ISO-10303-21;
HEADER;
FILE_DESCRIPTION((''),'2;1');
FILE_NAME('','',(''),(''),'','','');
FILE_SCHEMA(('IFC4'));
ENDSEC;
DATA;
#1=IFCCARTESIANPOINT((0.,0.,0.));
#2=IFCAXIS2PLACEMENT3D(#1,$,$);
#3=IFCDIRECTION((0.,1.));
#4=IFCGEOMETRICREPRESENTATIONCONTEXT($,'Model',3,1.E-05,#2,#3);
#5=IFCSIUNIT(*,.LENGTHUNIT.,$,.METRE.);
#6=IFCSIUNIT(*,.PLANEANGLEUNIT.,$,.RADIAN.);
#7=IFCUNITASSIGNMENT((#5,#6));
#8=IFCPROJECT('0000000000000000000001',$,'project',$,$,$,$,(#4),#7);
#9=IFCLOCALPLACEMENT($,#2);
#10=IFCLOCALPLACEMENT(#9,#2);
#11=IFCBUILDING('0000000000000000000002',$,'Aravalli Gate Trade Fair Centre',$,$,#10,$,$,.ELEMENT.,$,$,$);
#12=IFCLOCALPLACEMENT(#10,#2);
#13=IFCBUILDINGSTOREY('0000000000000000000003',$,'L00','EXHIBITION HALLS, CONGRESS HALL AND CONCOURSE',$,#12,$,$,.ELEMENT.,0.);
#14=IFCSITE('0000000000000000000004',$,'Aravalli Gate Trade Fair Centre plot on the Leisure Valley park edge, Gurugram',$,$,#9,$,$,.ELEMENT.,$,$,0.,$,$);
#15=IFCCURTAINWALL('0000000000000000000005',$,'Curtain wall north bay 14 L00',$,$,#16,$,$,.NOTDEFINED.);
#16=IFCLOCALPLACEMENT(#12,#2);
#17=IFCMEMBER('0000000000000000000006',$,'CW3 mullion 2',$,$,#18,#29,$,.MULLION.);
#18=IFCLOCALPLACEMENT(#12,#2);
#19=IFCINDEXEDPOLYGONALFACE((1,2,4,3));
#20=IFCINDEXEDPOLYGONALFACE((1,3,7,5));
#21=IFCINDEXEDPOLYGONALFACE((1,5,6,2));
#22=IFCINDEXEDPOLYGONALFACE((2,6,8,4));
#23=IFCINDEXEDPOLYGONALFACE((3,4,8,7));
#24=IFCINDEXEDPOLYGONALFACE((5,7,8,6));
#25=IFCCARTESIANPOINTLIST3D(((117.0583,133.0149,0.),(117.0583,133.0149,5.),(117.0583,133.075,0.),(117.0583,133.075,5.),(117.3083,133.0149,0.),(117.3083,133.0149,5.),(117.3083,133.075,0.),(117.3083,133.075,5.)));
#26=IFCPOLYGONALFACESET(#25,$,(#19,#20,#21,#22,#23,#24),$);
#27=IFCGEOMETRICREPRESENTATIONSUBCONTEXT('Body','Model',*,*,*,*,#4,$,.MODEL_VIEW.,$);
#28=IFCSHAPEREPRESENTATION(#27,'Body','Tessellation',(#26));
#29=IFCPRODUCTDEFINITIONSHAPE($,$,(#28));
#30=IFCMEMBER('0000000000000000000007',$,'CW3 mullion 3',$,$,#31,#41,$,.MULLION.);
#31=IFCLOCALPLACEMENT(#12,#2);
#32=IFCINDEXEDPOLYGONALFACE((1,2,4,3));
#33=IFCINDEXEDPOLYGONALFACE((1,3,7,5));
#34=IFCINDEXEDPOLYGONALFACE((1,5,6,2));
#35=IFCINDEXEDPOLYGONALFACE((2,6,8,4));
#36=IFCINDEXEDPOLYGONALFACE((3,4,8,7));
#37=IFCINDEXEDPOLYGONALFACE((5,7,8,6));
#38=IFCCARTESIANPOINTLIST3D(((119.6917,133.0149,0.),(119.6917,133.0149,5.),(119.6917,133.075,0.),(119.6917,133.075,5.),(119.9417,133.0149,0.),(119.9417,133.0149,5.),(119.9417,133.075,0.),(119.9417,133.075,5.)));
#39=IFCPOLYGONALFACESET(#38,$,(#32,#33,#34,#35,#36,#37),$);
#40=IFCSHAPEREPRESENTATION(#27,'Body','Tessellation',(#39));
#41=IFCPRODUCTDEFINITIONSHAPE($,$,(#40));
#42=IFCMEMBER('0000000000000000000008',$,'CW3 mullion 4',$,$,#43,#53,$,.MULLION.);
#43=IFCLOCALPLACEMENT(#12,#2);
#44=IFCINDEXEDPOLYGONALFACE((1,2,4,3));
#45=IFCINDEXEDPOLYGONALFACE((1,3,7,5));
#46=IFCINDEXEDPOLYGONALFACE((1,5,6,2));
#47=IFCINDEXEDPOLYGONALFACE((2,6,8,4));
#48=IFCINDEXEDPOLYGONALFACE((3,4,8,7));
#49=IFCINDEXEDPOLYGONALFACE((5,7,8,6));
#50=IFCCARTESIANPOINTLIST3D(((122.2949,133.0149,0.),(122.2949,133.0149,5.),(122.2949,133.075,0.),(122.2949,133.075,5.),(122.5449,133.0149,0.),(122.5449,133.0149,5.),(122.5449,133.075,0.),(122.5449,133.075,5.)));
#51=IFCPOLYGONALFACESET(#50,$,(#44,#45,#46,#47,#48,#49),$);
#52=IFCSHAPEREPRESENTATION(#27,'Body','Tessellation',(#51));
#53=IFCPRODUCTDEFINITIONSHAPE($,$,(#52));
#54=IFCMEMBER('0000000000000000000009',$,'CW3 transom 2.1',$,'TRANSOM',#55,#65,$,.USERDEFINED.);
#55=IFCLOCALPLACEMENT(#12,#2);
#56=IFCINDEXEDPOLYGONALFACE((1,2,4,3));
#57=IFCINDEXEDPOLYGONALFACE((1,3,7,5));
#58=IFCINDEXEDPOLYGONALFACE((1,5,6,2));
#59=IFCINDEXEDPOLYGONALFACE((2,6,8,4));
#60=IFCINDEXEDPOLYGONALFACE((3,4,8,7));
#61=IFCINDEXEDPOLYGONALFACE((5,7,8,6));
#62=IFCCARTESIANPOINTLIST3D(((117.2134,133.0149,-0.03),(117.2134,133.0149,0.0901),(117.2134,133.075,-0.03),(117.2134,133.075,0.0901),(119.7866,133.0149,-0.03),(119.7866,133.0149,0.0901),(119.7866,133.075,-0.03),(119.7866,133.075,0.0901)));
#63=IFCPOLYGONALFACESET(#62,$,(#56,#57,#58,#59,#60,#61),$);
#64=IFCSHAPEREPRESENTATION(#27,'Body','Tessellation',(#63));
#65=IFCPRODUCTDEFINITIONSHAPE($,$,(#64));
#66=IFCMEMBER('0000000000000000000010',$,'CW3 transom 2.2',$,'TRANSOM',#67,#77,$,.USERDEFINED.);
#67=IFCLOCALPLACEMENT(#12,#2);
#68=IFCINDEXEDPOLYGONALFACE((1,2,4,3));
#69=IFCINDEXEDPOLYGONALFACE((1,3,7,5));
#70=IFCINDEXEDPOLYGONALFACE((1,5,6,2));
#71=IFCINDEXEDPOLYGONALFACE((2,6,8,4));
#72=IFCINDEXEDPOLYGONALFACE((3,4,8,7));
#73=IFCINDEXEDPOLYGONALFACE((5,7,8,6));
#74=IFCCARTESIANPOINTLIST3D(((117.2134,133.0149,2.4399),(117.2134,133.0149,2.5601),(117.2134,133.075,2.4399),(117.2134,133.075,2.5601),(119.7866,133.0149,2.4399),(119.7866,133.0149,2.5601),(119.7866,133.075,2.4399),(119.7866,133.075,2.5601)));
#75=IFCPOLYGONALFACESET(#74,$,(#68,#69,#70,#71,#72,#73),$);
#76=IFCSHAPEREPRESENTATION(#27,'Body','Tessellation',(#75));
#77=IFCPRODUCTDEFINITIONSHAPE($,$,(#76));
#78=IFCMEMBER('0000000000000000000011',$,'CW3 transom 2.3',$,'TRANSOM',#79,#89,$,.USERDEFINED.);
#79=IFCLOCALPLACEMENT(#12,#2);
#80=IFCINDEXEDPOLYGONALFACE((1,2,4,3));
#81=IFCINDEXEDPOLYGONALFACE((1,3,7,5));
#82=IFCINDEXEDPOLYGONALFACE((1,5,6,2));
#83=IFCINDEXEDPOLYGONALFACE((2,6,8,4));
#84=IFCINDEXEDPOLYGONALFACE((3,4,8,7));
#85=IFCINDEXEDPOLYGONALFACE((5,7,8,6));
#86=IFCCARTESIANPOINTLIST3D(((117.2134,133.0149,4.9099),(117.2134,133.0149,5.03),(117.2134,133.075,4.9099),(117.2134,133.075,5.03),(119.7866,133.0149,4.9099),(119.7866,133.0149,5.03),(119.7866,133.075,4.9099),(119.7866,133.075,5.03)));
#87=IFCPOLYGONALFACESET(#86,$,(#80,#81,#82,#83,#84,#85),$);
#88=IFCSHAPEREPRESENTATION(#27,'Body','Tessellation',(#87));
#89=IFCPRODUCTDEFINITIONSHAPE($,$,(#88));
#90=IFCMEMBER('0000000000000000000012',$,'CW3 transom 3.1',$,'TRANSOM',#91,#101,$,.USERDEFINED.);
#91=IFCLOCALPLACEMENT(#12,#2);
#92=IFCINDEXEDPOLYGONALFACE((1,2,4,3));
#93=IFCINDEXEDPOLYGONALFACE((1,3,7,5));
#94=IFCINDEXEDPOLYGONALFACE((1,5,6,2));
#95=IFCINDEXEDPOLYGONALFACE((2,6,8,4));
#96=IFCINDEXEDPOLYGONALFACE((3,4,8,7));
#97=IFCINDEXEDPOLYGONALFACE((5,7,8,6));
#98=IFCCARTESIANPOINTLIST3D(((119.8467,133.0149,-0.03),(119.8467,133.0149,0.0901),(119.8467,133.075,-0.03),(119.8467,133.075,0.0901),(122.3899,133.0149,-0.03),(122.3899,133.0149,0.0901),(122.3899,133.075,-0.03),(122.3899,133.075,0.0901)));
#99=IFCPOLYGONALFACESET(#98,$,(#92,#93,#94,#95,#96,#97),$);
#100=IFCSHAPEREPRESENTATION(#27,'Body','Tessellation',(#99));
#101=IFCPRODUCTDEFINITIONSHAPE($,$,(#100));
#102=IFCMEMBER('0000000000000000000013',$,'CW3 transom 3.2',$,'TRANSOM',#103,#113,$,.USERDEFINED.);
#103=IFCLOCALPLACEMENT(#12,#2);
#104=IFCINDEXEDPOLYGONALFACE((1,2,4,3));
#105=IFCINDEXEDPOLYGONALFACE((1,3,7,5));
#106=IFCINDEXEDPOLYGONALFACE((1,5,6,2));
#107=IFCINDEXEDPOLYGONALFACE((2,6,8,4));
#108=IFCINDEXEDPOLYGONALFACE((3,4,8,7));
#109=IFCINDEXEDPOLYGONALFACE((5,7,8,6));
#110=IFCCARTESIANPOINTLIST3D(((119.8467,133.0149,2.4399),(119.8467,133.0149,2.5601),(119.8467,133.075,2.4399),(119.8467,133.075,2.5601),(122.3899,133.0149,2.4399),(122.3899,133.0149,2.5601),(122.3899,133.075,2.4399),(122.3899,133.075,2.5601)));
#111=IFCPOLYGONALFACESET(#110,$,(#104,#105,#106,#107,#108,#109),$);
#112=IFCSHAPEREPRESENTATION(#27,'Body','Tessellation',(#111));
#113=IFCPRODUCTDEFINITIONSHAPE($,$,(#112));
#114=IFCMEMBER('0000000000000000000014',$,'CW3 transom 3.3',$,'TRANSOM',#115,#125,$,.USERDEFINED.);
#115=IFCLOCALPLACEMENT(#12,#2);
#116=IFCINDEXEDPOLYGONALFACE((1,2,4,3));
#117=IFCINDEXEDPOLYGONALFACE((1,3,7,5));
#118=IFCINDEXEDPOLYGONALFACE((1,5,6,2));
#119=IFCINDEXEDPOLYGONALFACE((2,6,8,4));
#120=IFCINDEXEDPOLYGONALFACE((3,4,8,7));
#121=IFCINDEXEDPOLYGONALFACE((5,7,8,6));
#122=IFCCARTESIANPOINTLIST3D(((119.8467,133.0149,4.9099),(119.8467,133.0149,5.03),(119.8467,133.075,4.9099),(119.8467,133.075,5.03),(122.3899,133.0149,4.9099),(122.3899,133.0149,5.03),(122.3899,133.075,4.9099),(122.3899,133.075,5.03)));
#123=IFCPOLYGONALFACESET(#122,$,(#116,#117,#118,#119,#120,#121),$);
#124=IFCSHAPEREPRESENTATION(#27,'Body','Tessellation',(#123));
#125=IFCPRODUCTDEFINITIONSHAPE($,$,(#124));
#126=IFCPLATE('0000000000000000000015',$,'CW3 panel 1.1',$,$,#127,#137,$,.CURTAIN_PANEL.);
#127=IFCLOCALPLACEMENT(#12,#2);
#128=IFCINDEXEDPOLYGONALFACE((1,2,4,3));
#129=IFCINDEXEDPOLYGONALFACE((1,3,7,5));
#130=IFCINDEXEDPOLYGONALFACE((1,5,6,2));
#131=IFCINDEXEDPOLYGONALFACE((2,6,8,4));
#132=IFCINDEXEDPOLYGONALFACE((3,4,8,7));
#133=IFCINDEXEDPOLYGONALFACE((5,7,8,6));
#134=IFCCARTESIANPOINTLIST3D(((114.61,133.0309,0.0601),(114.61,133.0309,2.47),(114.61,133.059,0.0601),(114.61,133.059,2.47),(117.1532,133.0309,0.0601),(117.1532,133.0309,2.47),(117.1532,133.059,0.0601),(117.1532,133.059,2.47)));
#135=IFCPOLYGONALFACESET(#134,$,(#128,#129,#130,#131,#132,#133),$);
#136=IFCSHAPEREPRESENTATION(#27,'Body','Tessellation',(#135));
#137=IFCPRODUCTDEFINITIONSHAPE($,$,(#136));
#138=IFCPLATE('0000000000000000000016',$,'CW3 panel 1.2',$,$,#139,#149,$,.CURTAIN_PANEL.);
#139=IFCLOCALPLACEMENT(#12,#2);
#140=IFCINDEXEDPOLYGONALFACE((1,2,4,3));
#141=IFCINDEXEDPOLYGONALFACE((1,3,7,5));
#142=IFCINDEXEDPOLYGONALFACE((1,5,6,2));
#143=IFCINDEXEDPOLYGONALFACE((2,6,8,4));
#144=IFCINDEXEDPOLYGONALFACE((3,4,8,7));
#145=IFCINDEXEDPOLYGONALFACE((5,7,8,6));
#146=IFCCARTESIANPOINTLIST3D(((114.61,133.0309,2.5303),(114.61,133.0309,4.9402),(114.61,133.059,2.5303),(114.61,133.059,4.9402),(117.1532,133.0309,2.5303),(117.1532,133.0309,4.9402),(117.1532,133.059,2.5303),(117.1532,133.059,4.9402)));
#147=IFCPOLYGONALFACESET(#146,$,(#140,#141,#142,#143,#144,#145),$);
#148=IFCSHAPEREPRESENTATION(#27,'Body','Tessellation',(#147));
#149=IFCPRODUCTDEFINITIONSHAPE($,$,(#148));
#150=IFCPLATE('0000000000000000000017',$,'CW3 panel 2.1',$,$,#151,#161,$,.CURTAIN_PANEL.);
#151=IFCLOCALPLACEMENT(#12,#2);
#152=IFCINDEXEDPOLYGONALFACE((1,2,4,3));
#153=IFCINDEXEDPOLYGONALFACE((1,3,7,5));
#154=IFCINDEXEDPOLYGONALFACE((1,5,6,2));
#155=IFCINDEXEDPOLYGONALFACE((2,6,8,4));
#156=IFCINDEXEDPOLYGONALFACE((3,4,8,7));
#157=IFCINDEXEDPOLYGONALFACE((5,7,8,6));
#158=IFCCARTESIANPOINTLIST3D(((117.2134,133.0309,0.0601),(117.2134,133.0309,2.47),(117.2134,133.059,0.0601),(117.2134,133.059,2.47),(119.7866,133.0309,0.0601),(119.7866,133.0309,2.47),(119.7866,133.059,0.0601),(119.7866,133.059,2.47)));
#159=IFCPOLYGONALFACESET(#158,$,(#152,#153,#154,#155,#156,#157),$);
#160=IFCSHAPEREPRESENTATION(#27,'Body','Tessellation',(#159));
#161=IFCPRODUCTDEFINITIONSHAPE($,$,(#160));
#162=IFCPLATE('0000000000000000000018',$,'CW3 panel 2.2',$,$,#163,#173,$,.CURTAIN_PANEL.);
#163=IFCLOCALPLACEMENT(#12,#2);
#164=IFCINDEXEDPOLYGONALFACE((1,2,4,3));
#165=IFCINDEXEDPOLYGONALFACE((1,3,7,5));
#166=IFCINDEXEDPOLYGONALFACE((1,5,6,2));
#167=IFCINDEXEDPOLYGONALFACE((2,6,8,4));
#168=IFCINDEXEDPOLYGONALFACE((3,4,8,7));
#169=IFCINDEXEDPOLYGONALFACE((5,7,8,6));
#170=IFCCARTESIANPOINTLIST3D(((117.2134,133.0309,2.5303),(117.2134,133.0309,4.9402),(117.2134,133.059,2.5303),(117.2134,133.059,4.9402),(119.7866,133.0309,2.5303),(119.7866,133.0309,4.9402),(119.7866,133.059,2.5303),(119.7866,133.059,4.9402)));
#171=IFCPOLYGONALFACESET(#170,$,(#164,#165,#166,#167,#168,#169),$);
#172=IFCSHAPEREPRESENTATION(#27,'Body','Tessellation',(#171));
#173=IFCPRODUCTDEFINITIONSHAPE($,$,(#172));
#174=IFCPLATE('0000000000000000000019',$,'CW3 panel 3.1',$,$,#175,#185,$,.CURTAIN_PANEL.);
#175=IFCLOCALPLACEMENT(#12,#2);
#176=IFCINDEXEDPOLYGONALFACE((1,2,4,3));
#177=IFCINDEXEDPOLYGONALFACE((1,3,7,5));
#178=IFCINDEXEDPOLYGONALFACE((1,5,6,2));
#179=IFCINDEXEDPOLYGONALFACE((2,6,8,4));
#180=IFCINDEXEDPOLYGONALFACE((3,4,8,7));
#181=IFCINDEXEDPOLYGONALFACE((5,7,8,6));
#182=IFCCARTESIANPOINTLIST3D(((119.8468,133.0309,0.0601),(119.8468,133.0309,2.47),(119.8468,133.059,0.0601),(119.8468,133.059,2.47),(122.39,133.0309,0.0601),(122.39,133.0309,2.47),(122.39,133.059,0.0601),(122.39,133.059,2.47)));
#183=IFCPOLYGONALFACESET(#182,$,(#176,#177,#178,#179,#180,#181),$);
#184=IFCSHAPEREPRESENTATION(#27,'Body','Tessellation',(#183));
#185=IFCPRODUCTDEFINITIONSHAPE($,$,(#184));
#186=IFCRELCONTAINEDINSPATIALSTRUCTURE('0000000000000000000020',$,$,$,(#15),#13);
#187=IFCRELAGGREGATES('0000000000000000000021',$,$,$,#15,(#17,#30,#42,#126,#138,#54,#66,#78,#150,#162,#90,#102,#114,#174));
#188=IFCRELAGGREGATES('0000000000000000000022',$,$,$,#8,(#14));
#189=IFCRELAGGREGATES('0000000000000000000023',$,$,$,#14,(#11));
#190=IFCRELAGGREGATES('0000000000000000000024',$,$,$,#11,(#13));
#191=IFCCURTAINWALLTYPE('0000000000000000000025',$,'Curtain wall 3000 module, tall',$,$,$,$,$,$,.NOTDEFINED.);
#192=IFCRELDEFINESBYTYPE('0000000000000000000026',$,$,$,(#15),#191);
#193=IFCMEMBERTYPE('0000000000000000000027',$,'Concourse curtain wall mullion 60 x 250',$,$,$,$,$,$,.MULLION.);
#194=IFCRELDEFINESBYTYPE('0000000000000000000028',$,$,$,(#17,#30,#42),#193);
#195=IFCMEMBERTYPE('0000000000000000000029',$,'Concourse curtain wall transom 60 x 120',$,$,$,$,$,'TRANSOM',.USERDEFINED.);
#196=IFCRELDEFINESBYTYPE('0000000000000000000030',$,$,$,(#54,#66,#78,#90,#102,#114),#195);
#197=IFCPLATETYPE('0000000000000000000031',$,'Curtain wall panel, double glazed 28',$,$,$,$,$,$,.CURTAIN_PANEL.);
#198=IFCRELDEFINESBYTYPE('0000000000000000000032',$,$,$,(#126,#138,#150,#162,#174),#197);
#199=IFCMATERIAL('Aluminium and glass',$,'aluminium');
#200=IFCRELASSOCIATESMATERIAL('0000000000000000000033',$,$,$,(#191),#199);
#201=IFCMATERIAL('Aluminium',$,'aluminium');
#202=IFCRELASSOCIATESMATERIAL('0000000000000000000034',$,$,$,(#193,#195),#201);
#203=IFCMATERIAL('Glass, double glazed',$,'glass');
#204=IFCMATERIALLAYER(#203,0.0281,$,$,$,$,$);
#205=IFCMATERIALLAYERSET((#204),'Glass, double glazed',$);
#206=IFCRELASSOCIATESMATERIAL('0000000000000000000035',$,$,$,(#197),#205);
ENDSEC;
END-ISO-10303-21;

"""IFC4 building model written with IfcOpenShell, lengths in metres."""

from ifc_helpers import new_model, si_unit, direction, frame, origin, origin_2d, place, context, subcontext, project, spatial, rectangle, extrude, material, layer, layer_set, material_profile, profile_set, type_object, element, aggregate, save


model = new_model("IFC4")

# Units and contexts
model_context = context("Model", 3, precision=1e-05, world=origin(), true_north=direction((0.0, 1.0)))
body_context = subcontext(model_context, "Body", "Model", "MODEL_VIEW")
ifc_project = project(units=[si_unit("LENGTHUNIT", "METRE"), si_unit("PLANEANGLEUNIT", "RADIAN")], contexts=[model_context])

# Site, building, storey
site_placement = place(None, origin())
site = spatial("IfcSite", under=ifc_project, at=site_placement, Name="Aravalli Gate Trade Fair Centre plot on the Leisure Valley park edge, Gurugram", CompositionType="ELEMENT", RefElevation=0.0)
building_placement = place(site_placement, origin())
building = spatial("IfcBuilding", under=site, at=building_placement, Name="Aravalli Gate Trade Fair Centre", CompositionType="ELEMENT")
storey_placement = place(building_placement, origin())
storey = spatial("IfcBuildingStorey", under=building, at=storey_placement, Name="L00", Description="EXHIBITION HALLS, CONGRESS HALL AND CONCOURSE", CompositionType="ELEMENT", Elevation=0.0)

# Curtain wall, members, plates
ifc_material_1 = material(Name="Aluminium and glass", Category="aluminium")
curtain_wall_type = type_object("IfcCurtainWallType", Name="Curtain wall 3000 module, tall", PredefinedType="NOTDEFINED", material=ifc_material_1)
curtain_wall_placement = place(storey_placement, origin())
curtain_wall = element("IfcCurtainWall", 1, at=curtain_wall_placement, inside=storey, type_object=curtain_wall_type, Name="Curtain wall north bay 14 L00", PredefinedType="NOTDEFINED")
ifc_material_2 = material(Name="Aluminium", Category="aluminium")
ifc_material_profile_1 = material_profile(ifc_material_2, rectangle(XDim=0.0601, YDim=0.25, at=origin_2d()), Name="Concourse curtain wall mullion 60 x 250")
ifc_profile_set_1 = profile_set([ifc_material_profile_1], Name="Aluminium")
member_type_1 = type_object("IfcMemberType", Name="Concourse curtain wall mullion 60 x 250", PredefinedType="MULLION", material=ifc_profile_set_1)
member_1_placement = place(storey_placement, frame((117.1833, 133.0449, 0.0), z_axis=(0.0, 0.0, 1.0), x_axis=(0.0, 1.0, 0.0)))
member_1 = element("IfcMember", 2, at=member_1_placement, type_object=member_type_1, Name="CW3 mullion 2", PredefinedType="MULLION", context=body_context, shape_type="SweptSolid", body=[
    extrude(rectangle(XDim=0.0601, YDim=0.25, at=origin_2d()), origin(), (0.0, 0.0, 1.0), 5.0),
])
member_2_placement = place(storey_placement, frame((119.8167, 133.0449, 0.0), z_axis=(0.0, 0.0, 1.0), x_axis=(0.0, 1.0, 0.0)))
member_2 = element("IfcMember", 3, at=member_2_placement, type_object=member_type_1, Name="CW3 mullion 3", PredefinedType="MULLION", context=body_context, shape_type="SweptSolid", body=[
    extrude(rectangle(XDim=0.0601, YDim=0.25, at=origin_2d()), origin(), (0.0, 0.0, 1.0), 5.0),
])
member_3_placement = place(storey_placement, frame((122.4199, 133.0449, 0.0), z_axis=(0.0, 0.0, 1.0), x_axis=(0.0, 1.0, 0.0)))
member_3 = element("IfcMember", 4, at=member_3_placement, type_object=member_type_1, Name="CW3 mullion 4", PredefinedType="MULLION", context=body_context, shape_type="SweptSolid", body=[
    extrude(rectangle(XDim=0.0601, YDim=0.25, at=origin_2d()), origin(), (0.0, 0.0, 1.0), 5.0),
])
ifc_material_profile_2 = material_profile(ifc_material_2, rectangle(XDim=0.0601, YDim=0.1201, at=origin_2d()), Name="Concourse curtain wall transom 60 x 120")
ifc_profile_set_2 = profile_set([ifc_material_profile_2], Name="Aluminium")
member_type_2 = type_object("IfcMemberType", Name="Concourse curtain wall transom 60 x 120", ElementType="TRANSOM", PredefinedType="USERDEFINED", material=ifc_profile_set_2)
member_4_placement = place(storey_placement, frame((117.2134, 133.0449, 0.03), z_axis=(1.0, 0.0, 0.0), x_axis=(0.0, 1.0, 0.0)))
member_4 = element("IfcMember", 5, at=member_4_placement, type_object=member_type_2, Name="CW3 transom 2.1", ObjectType="TRANSOM", PredefinedType="USERDEFINED", context=body_context, shape_type="SweptSolid", body=[
    extrude(rectangle(XDim=0.0601, YDim=0.1201, at=origin_2d()), origin(), (0.0, 0.0, 1.0), 2.5732),
])
member_5_placement = place(storey_placement, frame((117.2134, 133.0449, 2.5), z_axis=(1.0, 0.0, 0.0), x_axis=(0.0, 1.0, 0.0)))
member_5 = element("IfcMember", 6, at=member_5_placement, type_object=member_type_2, Name="CW3 transom 2.2", ObjectType="TRANSOM", PredefinedType="USERDEFINED", context=body_context, shape_type="SweptSolid", body=[
    extrude(rectangle(XDim=0.0601, YDim=0.1201, at=origin_2d()), origin(), (0.0, 0.0, 1.0), 2.5732),
])
member_6_placement = place(storey_placement, frame((117.2134, 133.0449, 4.97), z_axis=(1.0, 0.0, 0.0), x_axis=(0.0, 1.0, 0.0)))
member_6 = element("IfcMember", 7, at=member_6_placement, type_object=member_type_2, Name="CW3 transom 2.3", ObjectType="TRANSOM", PredefinedType="USERDEFINED", context=body_context, shape_type="SweptSolid", body=[
    extrude(rectangle(XDim=0.0601, YDim=0.1201, at=origin_2d()), origin(), (0.0, 0.0, 1.0), 2.5732),
])
member_7_placement = place(storey_placement, frame((119.8467, 133.0449, 0.03), z_axis=(1.0, 0.0, 0.0), x_axis=(0.0, 1.0, 0.0)))
member_7 = element("IfcMember", 8, at=member_7_placement, type_object=member_type_2, Name="CW3 transom 3.1", ObjectType="TRANSOM", PredefinedType="USERDEFINED", context=body_context, shape_type="SweptSolid", body=[
    extrude(rectangle(XDim=0.0601, YDim=0.1201, at=origin_2d()), origin(), (0.0, 0.0, 1.0), 2.5432),
])
member_8_placement = place(storey_placement, frame((119.8467, 133.0449, 2.5), z_axis=(1.0, 0.0, 0.0), x_axis=(0.0, 1.0, 0.0)))
member_8 = element("IfcMember", 9, at=member_8_placement, type_object=member_type_2, Name="CW3 transom 3.2", ObjectType="TRANSOM", PredefinedType="USERDEFINED", context=body_context, shape_type="SweptSolid", body=[
    extrude(rectangle(XDim=0.0601, YDim=0.1201, at=origin_2d()), origin(), (0.0, 0.0, 1.0), 2.5432),
])
member_9_placement = place(storey_placement, frame((119.8467, 133.0449, 4.97), z_axis=(1.0, 0.0, 0.0), x_axis=(0.0, 1.0, 0.0)))
member_9 = element("IfcMember", 10, at=member_9_placement, type_object=member_type_2, Name="CW3 transom 3.3", ObjectType="TRANSOM", PredefinedType="USERDEFINED", context=body_context, shape_type="SweptSolid", body=[
    extrude(rectangle(XDim=0.0601, YDim=0.1201, at=origin_2d()), origin(), (0.0, 0.0, 1.0), 2.5432),
])
ifc_material_3 = material(Name="Glass, double glazed", Category="glass")
ifc_layer_1 = layer(ifc_material_3, 0.0281)
ifc_layer_set_1 = layer_set([ifc_layer_1], Name="Glass, double glazed")
plate_type = type_object("IfcPlateType", Name="Curtain wall panel, double glazed 28", PredefinedType="CURTAIN_PANEL", material=ifc_layer_set_1)
plate_1_placement = place(storey_placement, frame((115.8816, 133.0449, 0.0601), z_axis=(0.0, 0.0, 1.0), x_axis=(1.0, 0.0, 0.0)))
plate_1 = element("IfcPlate", 11, at=plate_1_placement, type_object=plate_type, Name="CW3 panel 1.1", PredefinedType="CURTAIN_PANEL", context=body_context, shape_type="SweptSolid", body=[
    extrude(rectangle(XDim=2.5432, YDim=0.0281, at=origin_2d()), origin(), (0.0, 0.0, 1.0), 2.4099),
])
plate_2_placement = place(storey_placement, frame((115.8816, 133.0449, 2.5303), z_axis=(0.0, 0.0, 1.0), x_axis=(1.0, 0.0, 0.0)))
plate_2 = element("IfcPlate", 12, at=plate_2_placement, type_object=plate_type, Name="CW3 panel 1.2", PredefinedType="CURTAIN_PANEL", context=body_context, shape_type="SweptSolid", body=[
    extrude(rectangle(XDim=2.5432, YDim=0.0281, at=origin_2d()), origin(), (0.0, 0.0, 1.0), 2.4099),
])
plate_3_placement = place(storey_placement, frame((118.5, 133.0449, 0.0601), z_axis=(0.0, 0.0, 1.0), x_axis=(1.0, 0.0, 0.0)))
plate_3 = element("IfcPlate", 13, at=plate_3_placement, type_object=plate_type, Name="CW3 panel 2.1", PredefinedType="CURTAIN_PANEL", context=body_context, shape_type="SweptSolid", body=[
    extrude(rectangle(XDim=2.5732, YDim=0.0281, at=origin_2d()), origin(), (0.0, 0.0, 1.0), 2.4099),
])
plate_4_placement = place(storey_placement, frame((118.5, 133.0449, 2.5303), z_axis=(0.0, 0.0, 1.0), x_axis=(1.0, 0.0, 0.0)))
plate_4 = element("IfcPlate", 14, at=plate_4_placement, type_object=plate_type, Name="CW3 panel 2.2", PredefinedType="CURTAIN_PANEL", context=body_context, shape_type="SweptSolid", body=[
    extrude(rectangle(XDim=2.5732, YDim=0.0281, at=origin_2d()), origin(), (0.0, 0.0, 1.0), 2.4099),
])
plate_5_placement = place(storey_placement, frame((121.1184, 133.0449, 0.0601), z_axis=(0.0, 0.0, 1.0), x_axis=(1.0, 0.0, 0.0)))
plate_5 = element("IfcPlate", 15, at=plate_5_placement, type_object=plate_type, Name="CW3 panel 3.1", PredefinedType="CURTAIN_PANEL", context=body_context, shape_type="SweptSolid", body=[
    extrude(rectangle(XDim=2.5432, YDim=0.0281, at=origin_2d()), origin(), (0.0, 0.0, 1.0), 2.4099),
])
aggregate(curtain_wall, [member_1, member_2, member_3, plate_1, plate_2, member_4, member_5, member_6, plate_3, plate_4, member_7, member_8, member_9, plate_5])

save(model, "model.ifc")
